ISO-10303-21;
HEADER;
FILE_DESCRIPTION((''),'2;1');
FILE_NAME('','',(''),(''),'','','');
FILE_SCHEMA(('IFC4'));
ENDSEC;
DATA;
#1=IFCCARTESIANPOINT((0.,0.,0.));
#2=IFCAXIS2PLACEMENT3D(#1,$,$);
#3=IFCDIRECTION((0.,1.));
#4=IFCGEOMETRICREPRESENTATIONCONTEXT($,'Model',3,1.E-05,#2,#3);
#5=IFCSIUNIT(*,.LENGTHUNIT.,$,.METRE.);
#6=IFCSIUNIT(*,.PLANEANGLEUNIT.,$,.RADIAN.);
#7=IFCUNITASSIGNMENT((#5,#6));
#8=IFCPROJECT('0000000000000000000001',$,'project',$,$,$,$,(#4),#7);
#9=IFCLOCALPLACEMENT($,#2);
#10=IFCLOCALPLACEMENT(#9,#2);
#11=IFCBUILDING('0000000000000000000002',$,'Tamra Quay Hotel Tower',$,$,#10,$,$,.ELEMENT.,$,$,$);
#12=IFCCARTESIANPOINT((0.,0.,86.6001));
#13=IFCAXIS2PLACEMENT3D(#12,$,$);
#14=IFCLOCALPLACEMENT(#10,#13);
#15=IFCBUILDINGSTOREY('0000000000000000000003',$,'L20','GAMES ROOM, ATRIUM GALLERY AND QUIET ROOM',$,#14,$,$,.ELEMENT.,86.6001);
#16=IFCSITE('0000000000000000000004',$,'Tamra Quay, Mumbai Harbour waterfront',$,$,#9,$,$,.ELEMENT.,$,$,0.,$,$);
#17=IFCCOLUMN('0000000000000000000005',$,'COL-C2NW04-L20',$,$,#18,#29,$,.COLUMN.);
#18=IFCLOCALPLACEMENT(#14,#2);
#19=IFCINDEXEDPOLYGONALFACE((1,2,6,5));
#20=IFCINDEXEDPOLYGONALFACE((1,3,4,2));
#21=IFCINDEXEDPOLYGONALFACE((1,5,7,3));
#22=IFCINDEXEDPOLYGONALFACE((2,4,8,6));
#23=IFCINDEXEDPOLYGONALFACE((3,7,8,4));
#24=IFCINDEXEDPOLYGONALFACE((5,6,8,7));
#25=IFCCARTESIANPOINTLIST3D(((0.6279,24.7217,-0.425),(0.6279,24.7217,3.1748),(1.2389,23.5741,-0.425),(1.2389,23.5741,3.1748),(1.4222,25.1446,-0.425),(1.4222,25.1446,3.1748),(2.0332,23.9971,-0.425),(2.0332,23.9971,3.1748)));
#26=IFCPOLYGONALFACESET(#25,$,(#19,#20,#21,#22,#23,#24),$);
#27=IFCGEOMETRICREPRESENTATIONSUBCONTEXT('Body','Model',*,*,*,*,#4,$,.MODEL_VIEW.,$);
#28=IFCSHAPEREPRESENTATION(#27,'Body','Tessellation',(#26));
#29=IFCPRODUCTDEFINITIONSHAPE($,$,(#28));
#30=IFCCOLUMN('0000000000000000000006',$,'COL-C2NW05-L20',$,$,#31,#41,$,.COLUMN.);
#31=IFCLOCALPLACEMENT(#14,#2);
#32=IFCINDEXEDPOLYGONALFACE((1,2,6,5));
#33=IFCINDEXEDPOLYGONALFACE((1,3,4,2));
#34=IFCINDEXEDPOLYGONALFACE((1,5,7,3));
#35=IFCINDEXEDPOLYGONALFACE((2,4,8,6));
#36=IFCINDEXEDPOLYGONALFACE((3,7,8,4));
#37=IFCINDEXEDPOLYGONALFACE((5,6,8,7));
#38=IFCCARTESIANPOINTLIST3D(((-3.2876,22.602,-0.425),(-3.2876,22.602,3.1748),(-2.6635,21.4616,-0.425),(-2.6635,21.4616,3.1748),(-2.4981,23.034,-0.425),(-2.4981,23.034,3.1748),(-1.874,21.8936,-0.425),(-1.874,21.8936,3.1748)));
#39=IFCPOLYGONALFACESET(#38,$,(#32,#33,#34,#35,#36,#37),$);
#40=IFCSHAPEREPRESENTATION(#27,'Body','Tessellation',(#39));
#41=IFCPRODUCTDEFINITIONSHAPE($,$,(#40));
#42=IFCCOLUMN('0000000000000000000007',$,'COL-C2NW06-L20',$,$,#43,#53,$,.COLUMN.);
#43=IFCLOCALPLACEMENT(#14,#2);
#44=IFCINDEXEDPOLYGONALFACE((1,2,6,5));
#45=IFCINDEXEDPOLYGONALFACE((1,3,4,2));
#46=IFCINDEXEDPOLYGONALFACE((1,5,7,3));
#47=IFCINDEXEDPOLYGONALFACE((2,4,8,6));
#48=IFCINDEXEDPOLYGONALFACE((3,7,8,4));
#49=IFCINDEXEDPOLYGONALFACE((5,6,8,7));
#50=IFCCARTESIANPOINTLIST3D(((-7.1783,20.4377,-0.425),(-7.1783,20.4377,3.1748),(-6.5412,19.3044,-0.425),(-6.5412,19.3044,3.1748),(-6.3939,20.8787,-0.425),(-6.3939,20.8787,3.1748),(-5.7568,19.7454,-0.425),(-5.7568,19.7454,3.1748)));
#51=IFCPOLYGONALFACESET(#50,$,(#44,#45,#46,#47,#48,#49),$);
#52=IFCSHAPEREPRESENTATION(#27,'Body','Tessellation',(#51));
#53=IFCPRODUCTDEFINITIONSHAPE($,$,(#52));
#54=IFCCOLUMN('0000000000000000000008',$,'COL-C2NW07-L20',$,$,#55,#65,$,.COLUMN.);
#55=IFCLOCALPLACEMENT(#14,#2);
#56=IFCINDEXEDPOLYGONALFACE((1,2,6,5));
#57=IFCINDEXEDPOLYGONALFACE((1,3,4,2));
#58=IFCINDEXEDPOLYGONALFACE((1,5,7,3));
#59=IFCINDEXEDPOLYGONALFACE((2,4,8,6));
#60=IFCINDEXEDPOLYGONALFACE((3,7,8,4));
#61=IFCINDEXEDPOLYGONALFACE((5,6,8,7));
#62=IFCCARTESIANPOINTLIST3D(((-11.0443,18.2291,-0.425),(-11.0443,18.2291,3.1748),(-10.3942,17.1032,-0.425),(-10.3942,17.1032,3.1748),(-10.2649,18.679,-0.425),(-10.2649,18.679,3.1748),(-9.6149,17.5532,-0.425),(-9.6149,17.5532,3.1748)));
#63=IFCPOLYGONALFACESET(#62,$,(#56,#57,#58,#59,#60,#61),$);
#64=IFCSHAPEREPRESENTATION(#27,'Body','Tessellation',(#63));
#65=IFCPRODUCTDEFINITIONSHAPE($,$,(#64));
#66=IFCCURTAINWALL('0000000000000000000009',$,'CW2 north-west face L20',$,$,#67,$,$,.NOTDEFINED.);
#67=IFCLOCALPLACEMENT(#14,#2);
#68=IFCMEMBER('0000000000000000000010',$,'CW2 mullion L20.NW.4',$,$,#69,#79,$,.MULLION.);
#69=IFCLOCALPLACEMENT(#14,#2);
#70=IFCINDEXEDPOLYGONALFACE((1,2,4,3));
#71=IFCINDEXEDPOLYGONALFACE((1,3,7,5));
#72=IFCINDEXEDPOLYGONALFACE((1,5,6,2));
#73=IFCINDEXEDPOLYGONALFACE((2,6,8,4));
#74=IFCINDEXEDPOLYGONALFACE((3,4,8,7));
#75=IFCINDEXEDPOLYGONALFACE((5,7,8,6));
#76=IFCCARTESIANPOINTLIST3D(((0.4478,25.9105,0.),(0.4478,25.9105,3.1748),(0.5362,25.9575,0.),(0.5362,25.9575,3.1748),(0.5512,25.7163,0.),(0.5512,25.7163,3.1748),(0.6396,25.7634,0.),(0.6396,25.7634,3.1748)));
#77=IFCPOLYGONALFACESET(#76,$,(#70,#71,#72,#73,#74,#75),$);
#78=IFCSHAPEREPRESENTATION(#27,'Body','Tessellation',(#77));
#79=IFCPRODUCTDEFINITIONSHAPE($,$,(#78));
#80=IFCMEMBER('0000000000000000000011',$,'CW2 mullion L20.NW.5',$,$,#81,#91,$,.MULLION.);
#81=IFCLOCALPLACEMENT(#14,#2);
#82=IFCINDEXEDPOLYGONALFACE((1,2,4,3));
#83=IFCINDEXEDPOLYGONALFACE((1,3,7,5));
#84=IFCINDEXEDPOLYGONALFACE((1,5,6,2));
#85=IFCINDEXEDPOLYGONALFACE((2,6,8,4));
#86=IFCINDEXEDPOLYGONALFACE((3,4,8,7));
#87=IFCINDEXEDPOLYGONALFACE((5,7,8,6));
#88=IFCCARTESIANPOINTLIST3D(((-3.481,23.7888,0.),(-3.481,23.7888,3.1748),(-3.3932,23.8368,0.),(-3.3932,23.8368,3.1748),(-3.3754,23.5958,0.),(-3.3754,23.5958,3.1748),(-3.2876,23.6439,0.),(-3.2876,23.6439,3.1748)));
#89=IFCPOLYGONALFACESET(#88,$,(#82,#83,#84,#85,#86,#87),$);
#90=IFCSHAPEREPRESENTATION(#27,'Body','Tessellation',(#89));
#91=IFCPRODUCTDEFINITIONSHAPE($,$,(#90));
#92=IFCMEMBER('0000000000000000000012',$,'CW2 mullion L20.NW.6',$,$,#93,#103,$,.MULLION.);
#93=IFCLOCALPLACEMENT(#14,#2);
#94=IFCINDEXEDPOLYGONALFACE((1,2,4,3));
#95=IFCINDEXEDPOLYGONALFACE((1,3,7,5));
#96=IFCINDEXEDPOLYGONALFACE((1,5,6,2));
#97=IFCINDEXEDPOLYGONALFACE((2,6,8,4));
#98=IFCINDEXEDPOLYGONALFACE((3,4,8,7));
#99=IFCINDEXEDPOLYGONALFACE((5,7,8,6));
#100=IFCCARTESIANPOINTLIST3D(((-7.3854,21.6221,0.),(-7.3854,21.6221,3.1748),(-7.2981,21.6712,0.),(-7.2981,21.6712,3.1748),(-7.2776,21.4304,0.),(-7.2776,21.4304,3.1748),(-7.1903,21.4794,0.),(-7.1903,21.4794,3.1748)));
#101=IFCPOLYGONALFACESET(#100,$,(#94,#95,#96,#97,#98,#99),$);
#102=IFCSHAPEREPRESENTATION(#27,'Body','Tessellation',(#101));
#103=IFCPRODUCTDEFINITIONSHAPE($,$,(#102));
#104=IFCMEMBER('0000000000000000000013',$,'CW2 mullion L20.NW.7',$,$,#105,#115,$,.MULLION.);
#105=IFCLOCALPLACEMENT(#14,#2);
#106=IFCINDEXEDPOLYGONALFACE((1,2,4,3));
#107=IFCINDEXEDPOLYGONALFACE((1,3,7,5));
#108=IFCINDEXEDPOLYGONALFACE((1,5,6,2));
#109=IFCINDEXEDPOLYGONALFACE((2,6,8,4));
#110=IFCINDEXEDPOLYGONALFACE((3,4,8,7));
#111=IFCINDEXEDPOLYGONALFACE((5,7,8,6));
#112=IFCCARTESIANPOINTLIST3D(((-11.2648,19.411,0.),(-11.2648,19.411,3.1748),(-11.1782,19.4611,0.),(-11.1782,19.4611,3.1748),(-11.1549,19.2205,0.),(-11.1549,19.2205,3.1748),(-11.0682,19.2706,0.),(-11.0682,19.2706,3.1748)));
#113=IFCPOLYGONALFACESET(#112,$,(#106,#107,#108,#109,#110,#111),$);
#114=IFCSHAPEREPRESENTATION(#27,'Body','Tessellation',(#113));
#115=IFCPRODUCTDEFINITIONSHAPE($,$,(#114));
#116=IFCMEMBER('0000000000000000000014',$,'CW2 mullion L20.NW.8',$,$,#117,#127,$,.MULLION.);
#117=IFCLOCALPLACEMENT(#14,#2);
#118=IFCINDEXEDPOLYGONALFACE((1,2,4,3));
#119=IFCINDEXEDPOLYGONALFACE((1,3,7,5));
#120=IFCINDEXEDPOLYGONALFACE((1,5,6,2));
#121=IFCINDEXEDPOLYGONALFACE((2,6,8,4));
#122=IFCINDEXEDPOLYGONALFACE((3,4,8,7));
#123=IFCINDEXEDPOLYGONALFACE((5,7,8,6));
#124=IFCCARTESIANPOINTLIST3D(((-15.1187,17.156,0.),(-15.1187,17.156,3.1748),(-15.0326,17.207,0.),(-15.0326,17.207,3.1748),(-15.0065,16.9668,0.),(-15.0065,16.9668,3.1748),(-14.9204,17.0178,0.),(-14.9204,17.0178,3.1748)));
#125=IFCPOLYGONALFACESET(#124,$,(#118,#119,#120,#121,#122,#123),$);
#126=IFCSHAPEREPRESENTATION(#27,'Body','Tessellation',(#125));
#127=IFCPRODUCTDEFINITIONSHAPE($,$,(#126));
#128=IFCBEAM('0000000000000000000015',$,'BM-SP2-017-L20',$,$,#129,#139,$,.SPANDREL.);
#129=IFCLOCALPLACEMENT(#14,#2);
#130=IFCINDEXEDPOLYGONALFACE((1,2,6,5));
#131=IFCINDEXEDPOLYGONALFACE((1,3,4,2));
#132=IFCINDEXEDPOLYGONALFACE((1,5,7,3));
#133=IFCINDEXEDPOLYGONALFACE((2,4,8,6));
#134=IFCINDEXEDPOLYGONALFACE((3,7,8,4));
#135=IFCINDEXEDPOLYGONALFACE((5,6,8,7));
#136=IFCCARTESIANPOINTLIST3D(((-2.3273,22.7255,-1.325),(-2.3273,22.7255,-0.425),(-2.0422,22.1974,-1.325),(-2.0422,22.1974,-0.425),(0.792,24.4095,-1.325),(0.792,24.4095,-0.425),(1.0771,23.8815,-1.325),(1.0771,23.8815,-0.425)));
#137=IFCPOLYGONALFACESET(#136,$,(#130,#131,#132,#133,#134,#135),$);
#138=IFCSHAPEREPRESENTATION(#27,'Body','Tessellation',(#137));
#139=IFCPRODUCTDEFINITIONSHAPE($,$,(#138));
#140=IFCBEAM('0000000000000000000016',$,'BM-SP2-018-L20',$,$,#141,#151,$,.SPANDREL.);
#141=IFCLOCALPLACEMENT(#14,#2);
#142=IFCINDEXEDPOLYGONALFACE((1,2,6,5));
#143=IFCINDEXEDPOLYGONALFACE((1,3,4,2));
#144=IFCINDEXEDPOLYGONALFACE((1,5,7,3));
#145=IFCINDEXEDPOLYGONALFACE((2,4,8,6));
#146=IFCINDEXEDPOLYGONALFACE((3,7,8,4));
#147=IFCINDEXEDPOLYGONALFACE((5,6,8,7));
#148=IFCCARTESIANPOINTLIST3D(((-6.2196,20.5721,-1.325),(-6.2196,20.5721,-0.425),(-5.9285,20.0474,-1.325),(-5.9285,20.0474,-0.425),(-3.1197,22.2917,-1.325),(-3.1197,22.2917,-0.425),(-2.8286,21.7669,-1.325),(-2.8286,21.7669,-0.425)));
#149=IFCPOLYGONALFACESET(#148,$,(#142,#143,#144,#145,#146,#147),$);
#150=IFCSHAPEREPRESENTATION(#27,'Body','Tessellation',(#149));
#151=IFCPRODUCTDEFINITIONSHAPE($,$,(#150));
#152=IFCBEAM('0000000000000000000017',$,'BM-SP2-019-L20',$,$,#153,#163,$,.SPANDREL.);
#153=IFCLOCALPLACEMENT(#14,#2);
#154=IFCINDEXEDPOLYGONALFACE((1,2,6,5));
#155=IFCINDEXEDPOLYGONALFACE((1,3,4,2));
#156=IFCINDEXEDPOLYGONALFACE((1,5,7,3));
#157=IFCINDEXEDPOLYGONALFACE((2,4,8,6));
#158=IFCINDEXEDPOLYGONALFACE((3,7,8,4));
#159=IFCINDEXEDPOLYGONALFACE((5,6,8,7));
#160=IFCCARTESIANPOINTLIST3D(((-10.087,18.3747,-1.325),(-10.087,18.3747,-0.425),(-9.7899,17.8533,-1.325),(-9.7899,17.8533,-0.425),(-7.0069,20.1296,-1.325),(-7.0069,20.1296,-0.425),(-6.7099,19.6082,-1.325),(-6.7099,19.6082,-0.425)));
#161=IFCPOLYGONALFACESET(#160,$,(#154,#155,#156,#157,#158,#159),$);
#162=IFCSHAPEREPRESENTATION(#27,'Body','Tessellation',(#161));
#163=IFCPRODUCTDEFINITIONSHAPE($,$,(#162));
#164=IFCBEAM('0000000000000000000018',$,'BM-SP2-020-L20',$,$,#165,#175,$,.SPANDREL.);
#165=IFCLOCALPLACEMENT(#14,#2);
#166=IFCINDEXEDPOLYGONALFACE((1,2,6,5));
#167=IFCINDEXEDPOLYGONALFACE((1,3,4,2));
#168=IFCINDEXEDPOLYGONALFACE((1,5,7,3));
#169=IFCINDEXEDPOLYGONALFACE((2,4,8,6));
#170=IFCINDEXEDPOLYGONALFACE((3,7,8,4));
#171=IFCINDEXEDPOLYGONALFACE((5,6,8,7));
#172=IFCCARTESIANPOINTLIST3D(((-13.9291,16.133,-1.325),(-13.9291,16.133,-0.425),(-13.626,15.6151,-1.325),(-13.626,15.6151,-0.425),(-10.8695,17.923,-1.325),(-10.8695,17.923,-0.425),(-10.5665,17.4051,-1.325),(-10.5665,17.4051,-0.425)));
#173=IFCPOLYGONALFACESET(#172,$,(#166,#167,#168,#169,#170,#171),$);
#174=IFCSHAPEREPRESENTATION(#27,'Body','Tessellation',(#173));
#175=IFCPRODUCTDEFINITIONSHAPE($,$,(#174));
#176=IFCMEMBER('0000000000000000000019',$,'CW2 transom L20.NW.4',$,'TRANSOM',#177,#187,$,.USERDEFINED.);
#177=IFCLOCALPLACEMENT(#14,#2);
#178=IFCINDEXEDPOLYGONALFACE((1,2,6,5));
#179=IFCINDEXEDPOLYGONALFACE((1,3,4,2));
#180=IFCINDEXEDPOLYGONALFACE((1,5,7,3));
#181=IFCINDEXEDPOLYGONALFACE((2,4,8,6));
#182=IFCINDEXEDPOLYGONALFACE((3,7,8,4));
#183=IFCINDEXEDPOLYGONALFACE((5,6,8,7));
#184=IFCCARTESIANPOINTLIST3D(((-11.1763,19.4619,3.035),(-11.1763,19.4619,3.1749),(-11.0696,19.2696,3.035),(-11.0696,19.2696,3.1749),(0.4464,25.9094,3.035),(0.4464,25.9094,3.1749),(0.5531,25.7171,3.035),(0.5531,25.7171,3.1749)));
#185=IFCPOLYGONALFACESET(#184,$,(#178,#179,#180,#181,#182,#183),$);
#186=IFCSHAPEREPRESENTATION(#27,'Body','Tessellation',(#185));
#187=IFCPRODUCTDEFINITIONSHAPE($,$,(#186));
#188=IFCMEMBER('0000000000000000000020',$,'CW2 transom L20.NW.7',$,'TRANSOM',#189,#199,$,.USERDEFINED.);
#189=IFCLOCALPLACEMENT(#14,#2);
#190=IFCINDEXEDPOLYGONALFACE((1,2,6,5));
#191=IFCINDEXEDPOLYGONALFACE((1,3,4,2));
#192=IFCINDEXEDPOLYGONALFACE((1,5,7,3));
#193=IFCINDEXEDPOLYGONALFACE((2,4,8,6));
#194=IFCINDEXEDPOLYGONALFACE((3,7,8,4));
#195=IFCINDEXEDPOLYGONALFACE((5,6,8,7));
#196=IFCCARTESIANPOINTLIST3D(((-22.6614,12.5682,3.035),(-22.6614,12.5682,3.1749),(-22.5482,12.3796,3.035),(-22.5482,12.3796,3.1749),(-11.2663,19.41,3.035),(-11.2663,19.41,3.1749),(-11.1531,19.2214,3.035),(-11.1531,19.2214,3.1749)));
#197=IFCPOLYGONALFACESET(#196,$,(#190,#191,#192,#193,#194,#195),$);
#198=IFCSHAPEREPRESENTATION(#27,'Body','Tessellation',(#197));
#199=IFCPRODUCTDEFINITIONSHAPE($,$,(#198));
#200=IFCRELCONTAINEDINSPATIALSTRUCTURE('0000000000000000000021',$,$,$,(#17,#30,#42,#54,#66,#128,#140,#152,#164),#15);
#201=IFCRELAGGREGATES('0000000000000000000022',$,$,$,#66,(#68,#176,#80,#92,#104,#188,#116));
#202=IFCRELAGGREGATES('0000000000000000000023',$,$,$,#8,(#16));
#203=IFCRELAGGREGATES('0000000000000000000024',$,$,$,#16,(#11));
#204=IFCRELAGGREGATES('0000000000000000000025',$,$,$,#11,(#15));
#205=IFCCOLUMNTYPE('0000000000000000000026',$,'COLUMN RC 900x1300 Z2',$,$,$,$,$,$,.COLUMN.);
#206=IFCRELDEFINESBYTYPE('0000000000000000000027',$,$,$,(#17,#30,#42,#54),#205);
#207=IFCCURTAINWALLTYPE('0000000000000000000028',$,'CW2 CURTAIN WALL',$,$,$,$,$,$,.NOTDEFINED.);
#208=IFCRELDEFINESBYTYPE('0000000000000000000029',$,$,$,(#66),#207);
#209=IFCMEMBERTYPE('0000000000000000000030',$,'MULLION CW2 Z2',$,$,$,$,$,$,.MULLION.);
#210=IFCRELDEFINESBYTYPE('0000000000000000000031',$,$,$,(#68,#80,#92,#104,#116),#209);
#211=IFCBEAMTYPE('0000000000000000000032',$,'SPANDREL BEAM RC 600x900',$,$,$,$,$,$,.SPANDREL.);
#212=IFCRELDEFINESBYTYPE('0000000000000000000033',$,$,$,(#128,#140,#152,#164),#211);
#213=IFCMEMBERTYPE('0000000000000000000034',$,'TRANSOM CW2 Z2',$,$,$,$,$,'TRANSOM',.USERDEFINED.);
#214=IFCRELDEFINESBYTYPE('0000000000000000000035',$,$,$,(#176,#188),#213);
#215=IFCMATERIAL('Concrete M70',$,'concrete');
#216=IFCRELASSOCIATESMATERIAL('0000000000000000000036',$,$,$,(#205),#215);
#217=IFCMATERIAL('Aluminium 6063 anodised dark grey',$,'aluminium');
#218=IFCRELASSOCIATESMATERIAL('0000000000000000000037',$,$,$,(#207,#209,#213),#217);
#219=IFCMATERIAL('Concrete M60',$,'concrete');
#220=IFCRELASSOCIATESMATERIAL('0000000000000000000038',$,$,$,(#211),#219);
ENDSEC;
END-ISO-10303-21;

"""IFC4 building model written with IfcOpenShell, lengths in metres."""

from ifc_helpers import new_model, si_unit, direction, frame, origin, origin_2d, place, context, subcontext, project, spatial, rectangle, extrude, material, material_profile, profile_set, type_object, element, aggregate, save


model = new_model("IFC4")

# Units and contexts
model_context = context("Model", 3, precision=1e-05, world=origin(), true_north=direction((0.0, 1.0)))
body_context = subcontext(model_context, "Body", "Model", "MODEL_VIEW")
ifc_project = project(units=[si_unit("LENGTHUNIT", "METRE"), si_unit("PLANEANGLEUNIT", "RADIAN")], contexts=[model_context])

# Site, building, storey
site_placement = place(None, origin())
site = spatial("IfcSite", under=ifc_project, at=site_placement, Name="Tamra Quay, Mumbai Harbour waterfront", CompositionType="ELEMENT", RefElevation=0.0)
building_placement = place(site_placement, origin())
building = spatial("IfcBuilding", under=site, at=building_placement, Name="Tamra Quay Hotel Tower", CompositionType="ELEMENT")
storey_placement = place(building_placement, frame((0.0, 0.0, 86.6001)))
storey = spatial("IfcBuildingStorey", under=building, at=storey_placement, Name="L20", Description="GAMES ROOM, ATRIUM GALLERY AND QUIET ROOM", CompositionType="ELEMENT", Elevation=86.6001)

# Columns
ifc_material_1 = material(Name="Concrete M70", Category="concrete")
ifc_material_profile_1 = material_profile(ifc_material_1, rectangle(XDim=1.3, YDim=0.8999, at=origin_2d()), Name="COLUMN RC 900x1300 Z2")
ifc_profile_set_1 = profile_set([ifc_material_profile_1], Name="Concrete M70")
column_type = type_object("IfcColumnType", Name="COLUMN RC 900x1300 Z2", PredefinedType="COLUMN", material=ifc_profile_set_1)
for number, where, z_axis, x_axis, name in (
    (1, (1.3306, 24.3594, -0.425), (0.0, 0.0, 1.0), (-0.470002, 0.882666, 0.0), "COL-C2NW04-L20"),
    (2, (-2.5808, 22.2478, -0.425), (0.0, 0.0, 1.0), (-0.48006, 0.877236, 0.0), "COL-C2NW05-L20"),
    (3, (-6.4675, 20.0916, -0.425), (0.0, 0.0, 1.0), (-0.490061, 0.871688, 0.0), "COL-C2NW06-L20"),
    (4, (-10.3296, 17.8911, -0.425), (0.0, 0.0, 1.0), (-0.5, 0.866025, 0.0), "COL-C2NW07-L20"),
):
    element("IfcColumn", number, at=place(storey_placement, frame(where, z_axis=z_axis, x_axis=x_axis)), inside=storey, type_object=column_type, Name=name, PredefinedType="COLUMN", context=body_context, shape_type="SweptSolid", body=[
        extrude(rectangle(XDim=1.3, YDim=0.8999, at=origin_2d()), origin(), (0.0, 0.0, 1.0), 3.5999),
    ])

# Curtain wall, members
ifc_material_2 = material(Name="Aluminium 6063 anodised dark grey", Category="aluminium")
curtain_wall_type = type_object("IfcCurtainWallType", Name="CW2 CURTAIN WALL", PredefinedType="NOTDEFINED", material=ifc_material_2)
curtain_wall_placement = place(storey_placement, origin())
curtain_wall = element("IfcCurtainWall", 5, at=curtain_wall_placement, inside=storey, type_object=curtain_wall_type, Name="CW2 north-west face L20", PredefinedType="NOTDEFINED")
ifc_material_profile_2 = material_profile(ifc_material_2, rectangle(XDim=0.22, YDim=0.1001, at=origin_2d()), Name="MULLION 100X220")
ifc_profile_set_2 = profile_set([ifc_material_profile_2], Name="Aluminium 6063 anodised dark grey")
member_type_1 = type_object("IfcMemberType", Name="MULLION CW2 Z2", PredefinedType="MULLION", material=ifc_profile_set_2)
member_1_placement = place(storey_placement, frame((0.5437, 25.8369, 0.0), z_axis=(0.0, 0.0, 1.0), x_axis=(-0.470049, 0.88264, 0.0)))
member_1 = element("IfcMember", 6, at=member_1_placement, type_object=member_type_1, Name="CW2 mullion L20.NW.4", PredefinedType="MULLION", context=body_context, shape_type="SweptSolid", body=[
    extrude(rectangle(XDim=0.22, YDim=0.1001, at=origin_2d()), origin(), (0.0, 0.0, 1.0), 3.1748),
])
member_2_placement = place(storey_placement, frame((-3.3843, 23.7163, 0.0), z_axis=(0.0, 0.0, 1.0), x_axis=(-0.480089, 0.87722, 0.0)))
member_2 = element("IfcMember", 7, at=member_2_placement, type_object=member_type_1, Name="CW2 mullion L20.NW.5", PredefinedType="MULLION", context=body_context, shape_type="SweptSolid", body=[
    extrude(rectangle(XDim=0.22, YDim=0.1001, at=origin_2d()), origin(), (0.0, 0.0, 1.0), 3.1748),
])
member_3_placement = place(storey_placement, frame((-7.2878, 21.5508, 0.0), z_axis=(0.0, 0.0, 1.0), x_axis=(-0.490074, 0.871681, 0.0)))
member_3 = element("IfcMember", 8, at=member_3_placement, type_object=member_type_1, Name="CW2 mullion L20.NW.6", PredefinedType="MULLION", context=body_context, shape_type="SweptSolid", body=[
    extrude(rectangle(XDim=0.22, YDim=0.1001, at=origin_2d()), origin(), (0.0, 0.0, 1.0), 3.1748),
])
member_4_placement = place(storey_placement, frame((-11.1665, 19.3408, 0.0), z_axis=(0.0, 0.0, 1.0), x_axis=(-0.5, 0.866025, 0.0)))
member_4 = element("IfcMember", 9, at=member_4_placement, type_object=member_type_1, Name="CW2 mullion L20.NW.7", PredefinedType="MULLION", context=body_context, shape_type="SweptSolid", body=[
    extrude(rectangle(XDim=0.22, YDim=0.1001, at=origin_2d()), origin(), (0.0, 0.0, 1.0), 3.1748),
])
member_5_placement = place(storey_placement, frame((-15.0195, 17.0869, 0.0), z_axis=(0.0, 0.0, 1.0), x_axis=(-0.50986, 0.860257, 0.0)))
member_5 = element("IfcMember", 10, at=member_5_placement, type_object=member_type_1, Name="CW2 mullion L20.NW.8", PredefinedType="MULLION", context=body_context, shape_type="SweptSolid", body=[
    extrude(rectangle(XDim=0.22, YDim=0.1001, at=origin_2d()), origin(), (0.0, 0.0, 1.0), 3.1748),
])

# Beams
ifc_material_3 = material(Name="Concrete M60", Category="concrete")
ifc_material_profile_3 = material_profile(ifc_material_3, rectangle(XDim=0.6001, YDim=0.8999, at=origin_2d()), Name="SPANDREL BEAM RC 600x900")
ifc_profile_set_3 = profile_set([ifc_material_profile_3], Name="Concrete M60")
beam_type = type_object("IfcBeamType", Name="SPANDREL BEAM RC 600x900", PredefinedType="SPANDREL", material=ifc_profile_set_3)
for number, where, z_axis, x_axis, name in (
    (11, (0.9346, 24.1455, -0.875), (-0.879951, -0.475065, 0.0), (0.475065, -0.879951, 0.0), "BM-SP2-017-L20"),
    (12, (-2.9741, 22.0293, -0.875), (-0.874475, -0.48507, 0.0), (0.48507, -0.874475, 0.0), "BM-SP2-018-L20"),
    (13, (-6.8584, 19.8689, -0.875), (-0.86887, -0.495041, 0.0), (0.495041, -0.86887, 0.0), "BM-SP2-019-L20"),
):
    element("IfcBeam", number, at=place(storey_placement, frame(where, z_axis=z_axis, x_axis=x_axis)), inside=storey, type_object=beam_type, Name=name, PredefinedType="SPANDREL", context=body_context, shape_type="SweptSolid", body=[
        extrude(rectangle(XDim=0.6001, YDim=0.8999, at=origin_2d()), origin(), (0.0, 0.0, 1.0), 3.5449),
    ])
beam_placement = place(storey_placement, frame((-10.718, 17.6641, -0.875), z_axis=(-0.863129, -0.504984, 0.0), x_axis=(0.504984, -0.863129, 0.0)))
element("IfcBeam", 14, at=beam_placement, inside=storey, type_object=beam_type, Name="BM-SP2-020-L20", PredefinedType="SPANDREL", context=body_context, shape_type="SweptSolid", body=[
    extrude(rectangle(XDim=0.6001, YDim=0.8999, at=origin_2d()), origin(), (0.0, 0.0, 1.0), 3.5447),
])

# Members
ifc_material_profile_4 = material_profile(ifc_material_2, rectangle(XDim=0.22, YDim=0.1399, at=origin_2d()), Name="TRANSOM 220X140")
ifc_profile_set_4 = profile_set([ifc_material_profile_4], Name="Aluminium 6063 anodised dark grey")
member_type_2 = type_object("IfcMemberType", Name="TRANSOM CW2 Z2", ElementType="TRANSOM", PredefinedType="USERDEFINED", material=ifc_profile_set_4)
member_6_placement = place(storey_placement, frame((0.4998, 25.8132, 3.105), z_axis=(-0.874464, -0.485091, 0.0), x_axis=(0.485091, -0.874464, 0.0)))
member_6 = element("IfcMember", 15, at=member_6_placement, type_object=member_type_2, Name="CW2 transom L20.NW.4", ObjectType="TRANSOM", PredefinedType="USERDEFINED", context=body_context, shape_type="SweptSolid", body=[
    extrude(rectangle(XDim=0.22, YDim=0.1399, at=origin_2d()), origin(), (0.0, 0.0, 1.0), 13.2913),
])
member_7_placement = place(storey_placement, frame((-11.2097, 19.3157, 3.105), z_axis=(-0.857334, -0.51476, 0.0), x_axis=(0.51476, -0.857334, 0.0)))
member_7 = element("IfcMember", 16, at=member_7_placement, type_object=member_type_2, Name="CW2 transom L20.NW.7", ObjectType="TRANSOM", PredefinedType="USERDEFINED", context=body_context, shape_type="SweptSolid", body=[
    extrude(rectangle(XDim=0.22, YDim=0.1399, at=origin_2d()), origin(), (0.0, 0.0, 1.0), 13.2913),
])

aggregate(curtain_wall, [member_1, member_6, member_2, member_3, member_4, member_7, member_5])

save(model, "model.ifc")
